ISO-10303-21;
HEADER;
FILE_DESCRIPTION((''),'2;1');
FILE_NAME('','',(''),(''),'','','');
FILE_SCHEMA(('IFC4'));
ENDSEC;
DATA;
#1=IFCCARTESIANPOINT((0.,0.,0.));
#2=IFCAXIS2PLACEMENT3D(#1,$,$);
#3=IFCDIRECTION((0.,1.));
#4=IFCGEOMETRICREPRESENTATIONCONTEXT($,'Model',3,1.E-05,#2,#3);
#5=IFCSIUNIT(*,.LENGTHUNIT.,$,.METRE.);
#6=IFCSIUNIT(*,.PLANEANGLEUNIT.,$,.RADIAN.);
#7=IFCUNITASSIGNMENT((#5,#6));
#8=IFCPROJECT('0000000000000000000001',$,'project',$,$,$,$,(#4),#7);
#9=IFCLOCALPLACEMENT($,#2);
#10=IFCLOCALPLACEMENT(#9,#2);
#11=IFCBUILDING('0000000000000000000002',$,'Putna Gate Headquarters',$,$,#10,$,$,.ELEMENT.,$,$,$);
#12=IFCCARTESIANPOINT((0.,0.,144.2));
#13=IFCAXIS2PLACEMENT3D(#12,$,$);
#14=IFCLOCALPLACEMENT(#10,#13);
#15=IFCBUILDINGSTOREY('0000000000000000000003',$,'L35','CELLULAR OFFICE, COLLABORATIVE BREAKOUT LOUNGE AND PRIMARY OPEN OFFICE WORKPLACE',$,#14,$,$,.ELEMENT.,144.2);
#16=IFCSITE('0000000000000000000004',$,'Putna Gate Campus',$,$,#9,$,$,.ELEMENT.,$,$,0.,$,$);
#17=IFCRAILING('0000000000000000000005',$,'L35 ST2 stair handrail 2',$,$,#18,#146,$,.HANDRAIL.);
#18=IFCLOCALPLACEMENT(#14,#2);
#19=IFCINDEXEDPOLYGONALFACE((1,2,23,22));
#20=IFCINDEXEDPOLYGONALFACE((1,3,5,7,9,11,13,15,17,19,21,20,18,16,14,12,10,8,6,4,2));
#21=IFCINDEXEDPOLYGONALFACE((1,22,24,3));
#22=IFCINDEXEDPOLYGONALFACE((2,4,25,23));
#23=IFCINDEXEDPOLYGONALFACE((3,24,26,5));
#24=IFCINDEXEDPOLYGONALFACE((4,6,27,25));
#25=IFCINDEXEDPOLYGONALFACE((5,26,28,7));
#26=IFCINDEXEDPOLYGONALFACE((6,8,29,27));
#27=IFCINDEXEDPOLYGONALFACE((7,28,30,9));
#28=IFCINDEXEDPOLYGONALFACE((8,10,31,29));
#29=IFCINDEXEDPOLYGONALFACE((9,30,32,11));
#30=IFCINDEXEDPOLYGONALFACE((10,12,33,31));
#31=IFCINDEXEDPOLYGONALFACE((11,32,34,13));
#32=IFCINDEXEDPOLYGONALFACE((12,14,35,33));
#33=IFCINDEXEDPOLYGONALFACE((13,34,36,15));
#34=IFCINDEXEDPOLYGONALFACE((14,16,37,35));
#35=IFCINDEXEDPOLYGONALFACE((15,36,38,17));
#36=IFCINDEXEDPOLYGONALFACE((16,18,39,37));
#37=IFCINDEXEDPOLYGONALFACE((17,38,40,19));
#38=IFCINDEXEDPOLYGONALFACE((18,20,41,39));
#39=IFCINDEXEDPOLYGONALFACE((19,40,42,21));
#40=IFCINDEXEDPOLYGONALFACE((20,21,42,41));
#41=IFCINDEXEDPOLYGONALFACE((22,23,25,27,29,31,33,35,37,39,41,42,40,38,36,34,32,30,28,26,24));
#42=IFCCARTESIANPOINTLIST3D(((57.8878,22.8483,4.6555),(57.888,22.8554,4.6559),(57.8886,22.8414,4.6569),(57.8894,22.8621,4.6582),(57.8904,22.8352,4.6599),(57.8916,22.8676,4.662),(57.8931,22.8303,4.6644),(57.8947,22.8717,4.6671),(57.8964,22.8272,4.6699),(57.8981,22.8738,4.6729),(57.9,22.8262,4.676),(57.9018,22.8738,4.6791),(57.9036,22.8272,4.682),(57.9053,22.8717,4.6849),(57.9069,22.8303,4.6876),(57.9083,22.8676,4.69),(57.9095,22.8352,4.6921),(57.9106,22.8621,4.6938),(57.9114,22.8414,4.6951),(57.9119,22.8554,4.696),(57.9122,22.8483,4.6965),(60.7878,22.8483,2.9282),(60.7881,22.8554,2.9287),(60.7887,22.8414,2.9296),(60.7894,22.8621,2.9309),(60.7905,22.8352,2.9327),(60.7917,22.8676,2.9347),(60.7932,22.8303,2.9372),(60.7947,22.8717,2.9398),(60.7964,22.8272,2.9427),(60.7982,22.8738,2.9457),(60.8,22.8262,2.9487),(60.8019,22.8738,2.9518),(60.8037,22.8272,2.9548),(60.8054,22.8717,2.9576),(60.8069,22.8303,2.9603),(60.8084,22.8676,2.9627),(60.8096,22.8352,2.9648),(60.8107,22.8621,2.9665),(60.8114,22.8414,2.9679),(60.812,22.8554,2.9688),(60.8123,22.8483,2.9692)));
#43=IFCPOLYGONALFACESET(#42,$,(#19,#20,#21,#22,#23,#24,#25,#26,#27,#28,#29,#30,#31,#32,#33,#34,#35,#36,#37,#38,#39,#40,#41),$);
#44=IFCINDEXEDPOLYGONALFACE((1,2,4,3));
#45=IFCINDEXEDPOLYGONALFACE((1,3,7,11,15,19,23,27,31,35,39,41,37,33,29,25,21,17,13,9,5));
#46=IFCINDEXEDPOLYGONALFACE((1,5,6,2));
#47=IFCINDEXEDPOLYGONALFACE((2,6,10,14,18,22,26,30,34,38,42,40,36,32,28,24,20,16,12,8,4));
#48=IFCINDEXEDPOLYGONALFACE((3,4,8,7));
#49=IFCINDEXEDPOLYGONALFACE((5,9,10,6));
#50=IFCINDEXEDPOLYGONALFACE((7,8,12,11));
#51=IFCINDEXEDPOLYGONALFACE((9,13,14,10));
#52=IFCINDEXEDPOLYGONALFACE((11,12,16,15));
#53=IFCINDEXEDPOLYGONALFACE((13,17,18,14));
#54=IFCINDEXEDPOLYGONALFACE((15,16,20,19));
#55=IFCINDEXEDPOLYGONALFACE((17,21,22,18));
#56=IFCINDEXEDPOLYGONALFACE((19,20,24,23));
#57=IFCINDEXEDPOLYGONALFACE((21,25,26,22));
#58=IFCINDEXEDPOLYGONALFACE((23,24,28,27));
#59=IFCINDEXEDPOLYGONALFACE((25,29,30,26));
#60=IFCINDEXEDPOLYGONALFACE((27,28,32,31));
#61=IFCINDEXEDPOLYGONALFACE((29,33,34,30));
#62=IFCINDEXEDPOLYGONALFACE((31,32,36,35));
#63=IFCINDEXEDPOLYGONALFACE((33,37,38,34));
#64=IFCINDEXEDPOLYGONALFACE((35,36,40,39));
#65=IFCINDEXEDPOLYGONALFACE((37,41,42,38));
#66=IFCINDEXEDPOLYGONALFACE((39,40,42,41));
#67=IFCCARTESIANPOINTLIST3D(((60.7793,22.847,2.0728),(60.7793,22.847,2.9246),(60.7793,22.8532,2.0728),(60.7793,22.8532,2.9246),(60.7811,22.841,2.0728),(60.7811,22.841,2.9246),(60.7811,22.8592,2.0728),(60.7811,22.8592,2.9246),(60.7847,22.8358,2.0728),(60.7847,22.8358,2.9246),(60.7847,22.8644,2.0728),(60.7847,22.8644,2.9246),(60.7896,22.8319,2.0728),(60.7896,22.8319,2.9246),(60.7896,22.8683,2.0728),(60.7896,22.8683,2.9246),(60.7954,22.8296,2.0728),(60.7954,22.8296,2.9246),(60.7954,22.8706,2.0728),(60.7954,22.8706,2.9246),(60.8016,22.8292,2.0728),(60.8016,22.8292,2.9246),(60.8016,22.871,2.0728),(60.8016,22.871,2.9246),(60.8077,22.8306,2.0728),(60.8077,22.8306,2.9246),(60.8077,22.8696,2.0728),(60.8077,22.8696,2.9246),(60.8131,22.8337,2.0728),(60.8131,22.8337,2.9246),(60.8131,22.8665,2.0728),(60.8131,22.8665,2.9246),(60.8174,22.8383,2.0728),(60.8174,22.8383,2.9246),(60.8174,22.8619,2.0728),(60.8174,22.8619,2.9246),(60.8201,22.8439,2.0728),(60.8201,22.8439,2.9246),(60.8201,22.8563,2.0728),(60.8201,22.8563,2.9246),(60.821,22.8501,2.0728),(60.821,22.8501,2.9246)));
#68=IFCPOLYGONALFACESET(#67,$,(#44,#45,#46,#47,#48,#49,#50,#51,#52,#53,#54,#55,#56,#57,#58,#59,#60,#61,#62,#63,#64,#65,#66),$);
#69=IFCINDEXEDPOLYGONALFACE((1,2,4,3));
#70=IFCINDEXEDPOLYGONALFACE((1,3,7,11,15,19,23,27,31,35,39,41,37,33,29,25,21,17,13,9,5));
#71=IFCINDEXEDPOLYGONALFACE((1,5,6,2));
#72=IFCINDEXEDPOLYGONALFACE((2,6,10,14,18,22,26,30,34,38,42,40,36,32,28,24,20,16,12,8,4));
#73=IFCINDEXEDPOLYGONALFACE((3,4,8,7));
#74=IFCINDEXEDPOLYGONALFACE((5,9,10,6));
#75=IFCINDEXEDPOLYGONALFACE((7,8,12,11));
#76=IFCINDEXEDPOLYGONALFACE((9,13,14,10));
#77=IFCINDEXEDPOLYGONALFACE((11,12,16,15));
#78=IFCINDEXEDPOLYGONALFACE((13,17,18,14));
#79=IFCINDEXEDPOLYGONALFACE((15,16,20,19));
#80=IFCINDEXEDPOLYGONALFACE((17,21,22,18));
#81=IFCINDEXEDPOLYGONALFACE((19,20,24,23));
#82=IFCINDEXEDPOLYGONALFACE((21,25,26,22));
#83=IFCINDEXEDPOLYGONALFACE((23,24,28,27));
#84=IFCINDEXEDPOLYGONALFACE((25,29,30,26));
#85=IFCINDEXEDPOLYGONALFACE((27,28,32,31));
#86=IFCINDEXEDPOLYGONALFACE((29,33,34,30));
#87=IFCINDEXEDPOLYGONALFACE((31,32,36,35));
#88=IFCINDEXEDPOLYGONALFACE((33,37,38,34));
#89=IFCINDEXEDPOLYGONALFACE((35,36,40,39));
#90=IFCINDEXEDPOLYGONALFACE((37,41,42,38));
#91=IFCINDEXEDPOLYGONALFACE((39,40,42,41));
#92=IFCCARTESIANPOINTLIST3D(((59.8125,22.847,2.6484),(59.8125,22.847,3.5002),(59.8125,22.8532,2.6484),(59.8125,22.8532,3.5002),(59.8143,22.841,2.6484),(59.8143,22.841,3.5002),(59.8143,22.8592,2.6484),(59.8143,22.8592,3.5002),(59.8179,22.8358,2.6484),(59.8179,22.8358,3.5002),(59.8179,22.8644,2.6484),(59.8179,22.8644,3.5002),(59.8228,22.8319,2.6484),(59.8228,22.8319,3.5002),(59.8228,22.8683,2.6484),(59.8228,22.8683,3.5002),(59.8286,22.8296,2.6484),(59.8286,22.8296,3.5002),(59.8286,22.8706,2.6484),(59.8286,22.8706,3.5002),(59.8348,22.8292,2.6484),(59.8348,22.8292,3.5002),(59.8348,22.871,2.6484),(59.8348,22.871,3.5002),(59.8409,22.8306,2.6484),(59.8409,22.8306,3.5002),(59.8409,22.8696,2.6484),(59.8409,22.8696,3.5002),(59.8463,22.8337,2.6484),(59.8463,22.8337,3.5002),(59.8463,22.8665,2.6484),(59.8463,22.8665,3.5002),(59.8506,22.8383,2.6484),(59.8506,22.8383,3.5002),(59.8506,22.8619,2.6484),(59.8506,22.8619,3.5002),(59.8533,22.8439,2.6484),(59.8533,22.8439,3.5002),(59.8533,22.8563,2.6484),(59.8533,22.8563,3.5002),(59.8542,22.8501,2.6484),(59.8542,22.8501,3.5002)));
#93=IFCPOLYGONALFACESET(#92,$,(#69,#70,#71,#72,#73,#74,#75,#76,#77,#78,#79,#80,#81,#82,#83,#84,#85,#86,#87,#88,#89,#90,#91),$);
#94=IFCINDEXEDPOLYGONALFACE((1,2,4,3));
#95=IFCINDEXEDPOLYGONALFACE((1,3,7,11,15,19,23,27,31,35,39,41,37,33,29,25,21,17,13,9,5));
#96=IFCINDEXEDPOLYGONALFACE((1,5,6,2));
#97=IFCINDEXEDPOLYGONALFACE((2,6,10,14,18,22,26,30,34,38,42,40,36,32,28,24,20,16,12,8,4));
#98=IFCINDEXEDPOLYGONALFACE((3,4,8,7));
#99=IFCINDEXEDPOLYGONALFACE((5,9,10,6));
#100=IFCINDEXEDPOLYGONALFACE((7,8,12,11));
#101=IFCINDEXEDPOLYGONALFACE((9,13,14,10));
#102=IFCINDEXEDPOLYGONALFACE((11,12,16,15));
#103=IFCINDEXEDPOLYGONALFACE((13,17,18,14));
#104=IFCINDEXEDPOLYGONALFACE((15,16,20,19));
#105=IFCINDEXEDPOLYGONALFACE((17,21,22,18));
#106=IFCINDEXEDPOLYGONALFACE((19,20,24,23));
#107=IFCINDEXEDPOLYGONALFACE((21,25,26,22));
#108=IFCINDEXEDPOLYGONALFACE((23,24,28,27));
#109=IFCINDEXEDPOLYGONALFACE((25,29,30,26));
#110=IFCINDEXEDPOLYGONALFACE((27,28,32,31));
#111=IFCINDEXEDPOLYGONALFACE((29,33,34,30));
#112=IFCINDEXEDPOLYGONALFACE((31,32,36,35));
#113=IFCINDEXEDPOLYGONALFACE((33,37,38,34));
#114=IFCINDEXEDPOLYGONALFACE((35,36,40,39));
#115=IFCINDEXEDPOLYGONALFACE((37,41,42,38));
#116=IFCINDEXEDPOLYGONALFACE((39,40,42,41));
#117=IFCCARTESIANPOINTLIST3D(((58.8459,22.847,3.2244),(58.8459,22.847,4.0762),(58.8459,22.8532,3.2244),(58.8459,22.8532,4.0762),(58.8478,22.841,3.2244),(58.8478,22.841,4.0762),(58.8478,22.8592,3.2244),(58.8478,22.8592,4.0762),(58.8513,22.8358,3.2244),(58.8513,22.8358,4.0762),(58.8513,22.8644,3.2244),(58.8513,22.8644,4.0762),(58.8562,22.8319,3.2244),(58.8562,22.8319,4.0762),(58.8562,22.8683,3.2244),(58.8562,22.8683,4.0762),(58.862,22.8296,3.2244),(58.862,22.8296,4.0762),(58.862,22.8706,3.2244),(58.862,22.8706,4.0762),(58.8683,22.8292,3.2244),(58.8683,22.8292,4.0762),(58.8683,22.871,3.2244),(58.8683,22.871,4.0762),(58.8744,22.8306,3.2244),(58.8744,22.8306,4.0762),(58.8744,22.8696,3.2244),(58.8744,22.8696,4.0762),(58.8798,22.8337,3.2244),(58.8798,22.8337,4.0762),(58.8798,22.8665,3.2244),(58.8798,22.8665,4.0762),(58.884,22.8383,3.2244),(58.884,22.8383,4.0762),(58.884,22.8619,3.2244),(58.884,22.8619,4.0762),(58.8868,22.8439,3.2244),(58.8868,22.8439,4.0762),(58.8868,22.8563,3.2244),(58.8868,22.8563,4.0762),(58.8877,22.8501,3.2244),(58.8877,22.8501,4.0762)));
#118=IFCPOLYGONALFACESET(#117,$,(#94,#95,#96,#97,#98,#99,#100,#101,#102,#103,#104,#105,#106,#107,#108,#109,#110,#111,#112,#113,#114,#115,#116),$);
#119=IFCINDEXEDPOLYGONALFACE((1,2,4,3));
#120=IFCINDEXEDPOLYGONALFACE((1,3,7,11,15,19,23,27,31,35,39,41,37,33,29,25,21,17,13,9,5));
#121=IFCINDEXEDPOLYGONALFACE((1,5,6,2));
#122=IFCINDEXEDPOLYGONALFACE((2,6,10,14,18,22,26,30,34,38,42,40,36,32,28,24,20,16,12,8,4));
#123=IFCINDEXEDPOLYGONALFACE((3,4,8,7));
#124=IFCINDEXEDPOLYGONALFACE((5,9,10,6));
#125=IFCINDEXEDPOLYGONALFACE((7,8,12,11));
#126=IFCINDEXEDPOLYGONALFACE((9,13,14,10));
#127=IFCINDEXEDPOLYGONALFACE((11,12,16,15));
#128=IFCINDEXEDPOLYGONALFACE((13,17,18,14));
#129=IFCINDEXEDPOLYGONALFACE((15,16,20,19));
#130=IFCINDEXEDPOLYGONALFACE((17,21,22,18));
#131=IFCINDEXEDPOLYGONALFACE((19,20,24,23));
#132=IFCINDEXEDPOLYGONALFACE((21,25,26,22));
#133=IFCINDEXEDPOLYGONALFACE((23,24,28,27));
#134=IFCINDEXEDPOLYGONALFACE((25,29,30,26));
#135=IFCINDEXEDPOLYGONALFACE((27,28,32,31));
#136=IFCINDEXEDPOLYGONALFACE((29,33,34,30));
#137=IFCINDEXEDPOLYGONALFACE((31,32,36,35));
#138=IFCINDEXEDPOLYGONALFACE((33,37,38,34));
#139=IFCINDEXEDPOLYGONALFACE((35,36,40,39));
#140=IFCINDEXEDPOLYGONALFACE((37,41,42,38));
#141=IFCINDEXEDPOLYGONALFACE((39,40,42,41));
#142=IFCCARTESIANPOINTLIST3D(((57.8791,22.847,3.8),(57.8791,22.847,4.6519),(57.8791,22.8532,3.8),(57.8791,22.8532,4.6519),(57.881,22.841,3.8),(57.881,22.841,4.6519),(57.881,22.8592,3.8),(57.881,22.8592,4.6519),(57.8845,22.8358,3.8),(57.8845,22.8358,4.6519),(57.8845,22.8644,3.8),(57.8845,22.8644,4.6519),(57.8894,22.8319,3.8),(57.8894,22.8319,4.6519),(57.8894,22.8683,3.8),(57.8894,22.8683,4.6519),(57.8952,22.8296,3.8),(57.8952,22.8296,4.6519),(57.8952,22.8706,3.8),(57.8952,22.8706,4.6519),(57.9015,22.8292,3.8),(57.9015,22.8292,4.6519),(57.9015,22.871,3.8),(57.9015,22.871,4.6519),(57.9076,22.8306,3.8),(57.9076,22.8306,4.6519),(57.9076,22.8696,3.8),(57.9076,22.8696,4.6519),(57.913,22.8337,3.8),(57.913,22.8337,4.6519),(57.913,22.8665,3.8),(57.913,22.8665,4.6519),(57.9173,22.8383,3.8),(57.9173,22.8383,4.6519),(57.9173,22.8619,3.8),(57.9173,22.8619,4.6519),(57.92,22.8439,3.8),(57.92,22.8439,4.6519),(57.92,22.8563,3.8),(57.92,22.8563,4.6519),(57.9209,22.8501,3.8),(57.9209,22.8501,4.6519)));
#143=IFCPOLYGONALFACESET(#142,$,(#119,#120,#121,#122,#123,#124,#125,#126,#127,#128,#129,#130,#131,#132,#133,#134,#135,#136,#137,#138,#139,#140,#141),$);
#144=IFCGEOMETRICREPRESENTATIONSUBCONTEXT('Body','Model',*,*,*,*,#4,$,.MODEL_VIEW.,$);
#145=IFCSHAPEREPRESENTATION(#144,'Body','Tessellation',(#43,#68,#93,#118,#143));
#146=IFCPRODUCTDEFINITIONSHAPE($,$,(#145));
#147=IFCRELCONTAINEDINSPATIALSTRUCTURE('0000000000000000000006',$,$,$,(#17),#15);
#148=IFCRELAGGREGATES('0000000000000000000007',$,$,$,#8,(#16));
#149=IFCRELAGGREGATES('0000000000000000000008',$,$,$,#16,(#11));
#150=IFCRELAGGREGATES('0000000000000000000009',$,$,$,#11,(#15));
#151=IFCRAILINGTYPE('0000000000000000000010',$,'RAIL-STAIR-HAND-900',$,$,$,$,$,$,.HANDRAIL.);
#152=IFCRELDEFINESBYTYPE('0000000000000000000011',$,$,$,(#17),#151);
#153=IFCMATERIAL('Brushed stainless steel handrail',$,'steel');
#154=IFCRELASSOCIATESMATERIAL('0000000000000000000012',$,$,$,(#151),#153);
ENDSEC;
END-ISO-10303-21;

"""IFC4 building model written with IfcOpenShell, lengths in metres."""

from ifc_helpers import new_model, si_unit, direction, frame, origin, origin_2d, place, context, subcontext, project, spatial, circle, extrude, material, type_object, element, save


model = new_model("IFC4")

# Units and contexts
model_context = context("Model", 3, precision=1e-05, world=origin(), true_north=direction((0.0, 1.0)))
body_context = subcontext(model_context, "Body", "Model", "MODEL_VIEW")
ifc_project = project(units=[si_unit("LENGTHUNIT", "METRE"), si_unit("PLANEANGLEUNIT", "RADIAN")], contexts=[model_context])

# Site, building, storey
site_placement = place(None, origin())
site = spatial("IfcSite", under=ifc_project, at=site_placement, Name="Putna Gate Campus", CompositionType="ELEMENT", RefElevation=0.0)
building_placement = place(site_placement, origin())
building = spatial("IfcBuilding", under=site, at=building_placement, Name="Putna Gate Headquarters", CompositionType="ELEMENT")
storey_placement = place(building_placement, frame((0.0, 0.0, 144.2)))
storey = spatial("IfcBuildingStorey", under=building, at=storey_placement, Name="L35", Description="CELLULAR OFFICE, COLLABORATIVE BREAKOUT LOUNGE AND PRIMARY OPEN OFFICE WORKPLACE", CompositionType="ELEMENT", Elevation=144.2)

# Railing
ifc_material_1 = material(Name="Brushed stainless steel handrail", Category="steel")
railing_type_1 = type_object("IfcRailingType", Name="RAIL-STAIR-HAND-900", PredefinedType="HANDRAIL", material=ifc_material_1)
railing_1_placement = place(storey_placement, frame((60.8, 22.8501, 2.0728)))
element("IfcRailing", 1, at=railing_1_placement, inside=storey, type_object=railing_type_1, Name="L35 ST2 stair handrail 2", PredefinedType="HANDRAIL", context=body_context, shape_type="SweptSolid", body=[
    extrude(circle(Radius=0.0239, at=origin_2d()), frame((0.0, 0.0, 0.876), z_axis=(-0.85916, 0.0, 0.511706), x_axis=(0.0, -1.0, 0.0)), (0.0, 0.0, 1.0), 3.3755),
    extrude(circle(Radius=0.021, at=origin_2d()), origin(), (0.0, 0.0, 1.0), 0.8518),
    extrude(circle(Radius=0.021, at=origin_2d()), frame((-0.9668, 0.0, 0.5757)), (0.0, 0.0, 1.0), 0.8518),
    extrude(circle(Radius=0.021, at=origin_2d()), frame((-1.9333, 0.0, 1.1516)), (0.0, 0.0, 1.0), 0.8518),
    extrude(circle(Radius=0.021, at=origin_2d()), frame((-2.9001, 0.0, 1.7273)), (0.0, 0.0, 1.0), 0.8518),
])

save(model, "model.ifc")
